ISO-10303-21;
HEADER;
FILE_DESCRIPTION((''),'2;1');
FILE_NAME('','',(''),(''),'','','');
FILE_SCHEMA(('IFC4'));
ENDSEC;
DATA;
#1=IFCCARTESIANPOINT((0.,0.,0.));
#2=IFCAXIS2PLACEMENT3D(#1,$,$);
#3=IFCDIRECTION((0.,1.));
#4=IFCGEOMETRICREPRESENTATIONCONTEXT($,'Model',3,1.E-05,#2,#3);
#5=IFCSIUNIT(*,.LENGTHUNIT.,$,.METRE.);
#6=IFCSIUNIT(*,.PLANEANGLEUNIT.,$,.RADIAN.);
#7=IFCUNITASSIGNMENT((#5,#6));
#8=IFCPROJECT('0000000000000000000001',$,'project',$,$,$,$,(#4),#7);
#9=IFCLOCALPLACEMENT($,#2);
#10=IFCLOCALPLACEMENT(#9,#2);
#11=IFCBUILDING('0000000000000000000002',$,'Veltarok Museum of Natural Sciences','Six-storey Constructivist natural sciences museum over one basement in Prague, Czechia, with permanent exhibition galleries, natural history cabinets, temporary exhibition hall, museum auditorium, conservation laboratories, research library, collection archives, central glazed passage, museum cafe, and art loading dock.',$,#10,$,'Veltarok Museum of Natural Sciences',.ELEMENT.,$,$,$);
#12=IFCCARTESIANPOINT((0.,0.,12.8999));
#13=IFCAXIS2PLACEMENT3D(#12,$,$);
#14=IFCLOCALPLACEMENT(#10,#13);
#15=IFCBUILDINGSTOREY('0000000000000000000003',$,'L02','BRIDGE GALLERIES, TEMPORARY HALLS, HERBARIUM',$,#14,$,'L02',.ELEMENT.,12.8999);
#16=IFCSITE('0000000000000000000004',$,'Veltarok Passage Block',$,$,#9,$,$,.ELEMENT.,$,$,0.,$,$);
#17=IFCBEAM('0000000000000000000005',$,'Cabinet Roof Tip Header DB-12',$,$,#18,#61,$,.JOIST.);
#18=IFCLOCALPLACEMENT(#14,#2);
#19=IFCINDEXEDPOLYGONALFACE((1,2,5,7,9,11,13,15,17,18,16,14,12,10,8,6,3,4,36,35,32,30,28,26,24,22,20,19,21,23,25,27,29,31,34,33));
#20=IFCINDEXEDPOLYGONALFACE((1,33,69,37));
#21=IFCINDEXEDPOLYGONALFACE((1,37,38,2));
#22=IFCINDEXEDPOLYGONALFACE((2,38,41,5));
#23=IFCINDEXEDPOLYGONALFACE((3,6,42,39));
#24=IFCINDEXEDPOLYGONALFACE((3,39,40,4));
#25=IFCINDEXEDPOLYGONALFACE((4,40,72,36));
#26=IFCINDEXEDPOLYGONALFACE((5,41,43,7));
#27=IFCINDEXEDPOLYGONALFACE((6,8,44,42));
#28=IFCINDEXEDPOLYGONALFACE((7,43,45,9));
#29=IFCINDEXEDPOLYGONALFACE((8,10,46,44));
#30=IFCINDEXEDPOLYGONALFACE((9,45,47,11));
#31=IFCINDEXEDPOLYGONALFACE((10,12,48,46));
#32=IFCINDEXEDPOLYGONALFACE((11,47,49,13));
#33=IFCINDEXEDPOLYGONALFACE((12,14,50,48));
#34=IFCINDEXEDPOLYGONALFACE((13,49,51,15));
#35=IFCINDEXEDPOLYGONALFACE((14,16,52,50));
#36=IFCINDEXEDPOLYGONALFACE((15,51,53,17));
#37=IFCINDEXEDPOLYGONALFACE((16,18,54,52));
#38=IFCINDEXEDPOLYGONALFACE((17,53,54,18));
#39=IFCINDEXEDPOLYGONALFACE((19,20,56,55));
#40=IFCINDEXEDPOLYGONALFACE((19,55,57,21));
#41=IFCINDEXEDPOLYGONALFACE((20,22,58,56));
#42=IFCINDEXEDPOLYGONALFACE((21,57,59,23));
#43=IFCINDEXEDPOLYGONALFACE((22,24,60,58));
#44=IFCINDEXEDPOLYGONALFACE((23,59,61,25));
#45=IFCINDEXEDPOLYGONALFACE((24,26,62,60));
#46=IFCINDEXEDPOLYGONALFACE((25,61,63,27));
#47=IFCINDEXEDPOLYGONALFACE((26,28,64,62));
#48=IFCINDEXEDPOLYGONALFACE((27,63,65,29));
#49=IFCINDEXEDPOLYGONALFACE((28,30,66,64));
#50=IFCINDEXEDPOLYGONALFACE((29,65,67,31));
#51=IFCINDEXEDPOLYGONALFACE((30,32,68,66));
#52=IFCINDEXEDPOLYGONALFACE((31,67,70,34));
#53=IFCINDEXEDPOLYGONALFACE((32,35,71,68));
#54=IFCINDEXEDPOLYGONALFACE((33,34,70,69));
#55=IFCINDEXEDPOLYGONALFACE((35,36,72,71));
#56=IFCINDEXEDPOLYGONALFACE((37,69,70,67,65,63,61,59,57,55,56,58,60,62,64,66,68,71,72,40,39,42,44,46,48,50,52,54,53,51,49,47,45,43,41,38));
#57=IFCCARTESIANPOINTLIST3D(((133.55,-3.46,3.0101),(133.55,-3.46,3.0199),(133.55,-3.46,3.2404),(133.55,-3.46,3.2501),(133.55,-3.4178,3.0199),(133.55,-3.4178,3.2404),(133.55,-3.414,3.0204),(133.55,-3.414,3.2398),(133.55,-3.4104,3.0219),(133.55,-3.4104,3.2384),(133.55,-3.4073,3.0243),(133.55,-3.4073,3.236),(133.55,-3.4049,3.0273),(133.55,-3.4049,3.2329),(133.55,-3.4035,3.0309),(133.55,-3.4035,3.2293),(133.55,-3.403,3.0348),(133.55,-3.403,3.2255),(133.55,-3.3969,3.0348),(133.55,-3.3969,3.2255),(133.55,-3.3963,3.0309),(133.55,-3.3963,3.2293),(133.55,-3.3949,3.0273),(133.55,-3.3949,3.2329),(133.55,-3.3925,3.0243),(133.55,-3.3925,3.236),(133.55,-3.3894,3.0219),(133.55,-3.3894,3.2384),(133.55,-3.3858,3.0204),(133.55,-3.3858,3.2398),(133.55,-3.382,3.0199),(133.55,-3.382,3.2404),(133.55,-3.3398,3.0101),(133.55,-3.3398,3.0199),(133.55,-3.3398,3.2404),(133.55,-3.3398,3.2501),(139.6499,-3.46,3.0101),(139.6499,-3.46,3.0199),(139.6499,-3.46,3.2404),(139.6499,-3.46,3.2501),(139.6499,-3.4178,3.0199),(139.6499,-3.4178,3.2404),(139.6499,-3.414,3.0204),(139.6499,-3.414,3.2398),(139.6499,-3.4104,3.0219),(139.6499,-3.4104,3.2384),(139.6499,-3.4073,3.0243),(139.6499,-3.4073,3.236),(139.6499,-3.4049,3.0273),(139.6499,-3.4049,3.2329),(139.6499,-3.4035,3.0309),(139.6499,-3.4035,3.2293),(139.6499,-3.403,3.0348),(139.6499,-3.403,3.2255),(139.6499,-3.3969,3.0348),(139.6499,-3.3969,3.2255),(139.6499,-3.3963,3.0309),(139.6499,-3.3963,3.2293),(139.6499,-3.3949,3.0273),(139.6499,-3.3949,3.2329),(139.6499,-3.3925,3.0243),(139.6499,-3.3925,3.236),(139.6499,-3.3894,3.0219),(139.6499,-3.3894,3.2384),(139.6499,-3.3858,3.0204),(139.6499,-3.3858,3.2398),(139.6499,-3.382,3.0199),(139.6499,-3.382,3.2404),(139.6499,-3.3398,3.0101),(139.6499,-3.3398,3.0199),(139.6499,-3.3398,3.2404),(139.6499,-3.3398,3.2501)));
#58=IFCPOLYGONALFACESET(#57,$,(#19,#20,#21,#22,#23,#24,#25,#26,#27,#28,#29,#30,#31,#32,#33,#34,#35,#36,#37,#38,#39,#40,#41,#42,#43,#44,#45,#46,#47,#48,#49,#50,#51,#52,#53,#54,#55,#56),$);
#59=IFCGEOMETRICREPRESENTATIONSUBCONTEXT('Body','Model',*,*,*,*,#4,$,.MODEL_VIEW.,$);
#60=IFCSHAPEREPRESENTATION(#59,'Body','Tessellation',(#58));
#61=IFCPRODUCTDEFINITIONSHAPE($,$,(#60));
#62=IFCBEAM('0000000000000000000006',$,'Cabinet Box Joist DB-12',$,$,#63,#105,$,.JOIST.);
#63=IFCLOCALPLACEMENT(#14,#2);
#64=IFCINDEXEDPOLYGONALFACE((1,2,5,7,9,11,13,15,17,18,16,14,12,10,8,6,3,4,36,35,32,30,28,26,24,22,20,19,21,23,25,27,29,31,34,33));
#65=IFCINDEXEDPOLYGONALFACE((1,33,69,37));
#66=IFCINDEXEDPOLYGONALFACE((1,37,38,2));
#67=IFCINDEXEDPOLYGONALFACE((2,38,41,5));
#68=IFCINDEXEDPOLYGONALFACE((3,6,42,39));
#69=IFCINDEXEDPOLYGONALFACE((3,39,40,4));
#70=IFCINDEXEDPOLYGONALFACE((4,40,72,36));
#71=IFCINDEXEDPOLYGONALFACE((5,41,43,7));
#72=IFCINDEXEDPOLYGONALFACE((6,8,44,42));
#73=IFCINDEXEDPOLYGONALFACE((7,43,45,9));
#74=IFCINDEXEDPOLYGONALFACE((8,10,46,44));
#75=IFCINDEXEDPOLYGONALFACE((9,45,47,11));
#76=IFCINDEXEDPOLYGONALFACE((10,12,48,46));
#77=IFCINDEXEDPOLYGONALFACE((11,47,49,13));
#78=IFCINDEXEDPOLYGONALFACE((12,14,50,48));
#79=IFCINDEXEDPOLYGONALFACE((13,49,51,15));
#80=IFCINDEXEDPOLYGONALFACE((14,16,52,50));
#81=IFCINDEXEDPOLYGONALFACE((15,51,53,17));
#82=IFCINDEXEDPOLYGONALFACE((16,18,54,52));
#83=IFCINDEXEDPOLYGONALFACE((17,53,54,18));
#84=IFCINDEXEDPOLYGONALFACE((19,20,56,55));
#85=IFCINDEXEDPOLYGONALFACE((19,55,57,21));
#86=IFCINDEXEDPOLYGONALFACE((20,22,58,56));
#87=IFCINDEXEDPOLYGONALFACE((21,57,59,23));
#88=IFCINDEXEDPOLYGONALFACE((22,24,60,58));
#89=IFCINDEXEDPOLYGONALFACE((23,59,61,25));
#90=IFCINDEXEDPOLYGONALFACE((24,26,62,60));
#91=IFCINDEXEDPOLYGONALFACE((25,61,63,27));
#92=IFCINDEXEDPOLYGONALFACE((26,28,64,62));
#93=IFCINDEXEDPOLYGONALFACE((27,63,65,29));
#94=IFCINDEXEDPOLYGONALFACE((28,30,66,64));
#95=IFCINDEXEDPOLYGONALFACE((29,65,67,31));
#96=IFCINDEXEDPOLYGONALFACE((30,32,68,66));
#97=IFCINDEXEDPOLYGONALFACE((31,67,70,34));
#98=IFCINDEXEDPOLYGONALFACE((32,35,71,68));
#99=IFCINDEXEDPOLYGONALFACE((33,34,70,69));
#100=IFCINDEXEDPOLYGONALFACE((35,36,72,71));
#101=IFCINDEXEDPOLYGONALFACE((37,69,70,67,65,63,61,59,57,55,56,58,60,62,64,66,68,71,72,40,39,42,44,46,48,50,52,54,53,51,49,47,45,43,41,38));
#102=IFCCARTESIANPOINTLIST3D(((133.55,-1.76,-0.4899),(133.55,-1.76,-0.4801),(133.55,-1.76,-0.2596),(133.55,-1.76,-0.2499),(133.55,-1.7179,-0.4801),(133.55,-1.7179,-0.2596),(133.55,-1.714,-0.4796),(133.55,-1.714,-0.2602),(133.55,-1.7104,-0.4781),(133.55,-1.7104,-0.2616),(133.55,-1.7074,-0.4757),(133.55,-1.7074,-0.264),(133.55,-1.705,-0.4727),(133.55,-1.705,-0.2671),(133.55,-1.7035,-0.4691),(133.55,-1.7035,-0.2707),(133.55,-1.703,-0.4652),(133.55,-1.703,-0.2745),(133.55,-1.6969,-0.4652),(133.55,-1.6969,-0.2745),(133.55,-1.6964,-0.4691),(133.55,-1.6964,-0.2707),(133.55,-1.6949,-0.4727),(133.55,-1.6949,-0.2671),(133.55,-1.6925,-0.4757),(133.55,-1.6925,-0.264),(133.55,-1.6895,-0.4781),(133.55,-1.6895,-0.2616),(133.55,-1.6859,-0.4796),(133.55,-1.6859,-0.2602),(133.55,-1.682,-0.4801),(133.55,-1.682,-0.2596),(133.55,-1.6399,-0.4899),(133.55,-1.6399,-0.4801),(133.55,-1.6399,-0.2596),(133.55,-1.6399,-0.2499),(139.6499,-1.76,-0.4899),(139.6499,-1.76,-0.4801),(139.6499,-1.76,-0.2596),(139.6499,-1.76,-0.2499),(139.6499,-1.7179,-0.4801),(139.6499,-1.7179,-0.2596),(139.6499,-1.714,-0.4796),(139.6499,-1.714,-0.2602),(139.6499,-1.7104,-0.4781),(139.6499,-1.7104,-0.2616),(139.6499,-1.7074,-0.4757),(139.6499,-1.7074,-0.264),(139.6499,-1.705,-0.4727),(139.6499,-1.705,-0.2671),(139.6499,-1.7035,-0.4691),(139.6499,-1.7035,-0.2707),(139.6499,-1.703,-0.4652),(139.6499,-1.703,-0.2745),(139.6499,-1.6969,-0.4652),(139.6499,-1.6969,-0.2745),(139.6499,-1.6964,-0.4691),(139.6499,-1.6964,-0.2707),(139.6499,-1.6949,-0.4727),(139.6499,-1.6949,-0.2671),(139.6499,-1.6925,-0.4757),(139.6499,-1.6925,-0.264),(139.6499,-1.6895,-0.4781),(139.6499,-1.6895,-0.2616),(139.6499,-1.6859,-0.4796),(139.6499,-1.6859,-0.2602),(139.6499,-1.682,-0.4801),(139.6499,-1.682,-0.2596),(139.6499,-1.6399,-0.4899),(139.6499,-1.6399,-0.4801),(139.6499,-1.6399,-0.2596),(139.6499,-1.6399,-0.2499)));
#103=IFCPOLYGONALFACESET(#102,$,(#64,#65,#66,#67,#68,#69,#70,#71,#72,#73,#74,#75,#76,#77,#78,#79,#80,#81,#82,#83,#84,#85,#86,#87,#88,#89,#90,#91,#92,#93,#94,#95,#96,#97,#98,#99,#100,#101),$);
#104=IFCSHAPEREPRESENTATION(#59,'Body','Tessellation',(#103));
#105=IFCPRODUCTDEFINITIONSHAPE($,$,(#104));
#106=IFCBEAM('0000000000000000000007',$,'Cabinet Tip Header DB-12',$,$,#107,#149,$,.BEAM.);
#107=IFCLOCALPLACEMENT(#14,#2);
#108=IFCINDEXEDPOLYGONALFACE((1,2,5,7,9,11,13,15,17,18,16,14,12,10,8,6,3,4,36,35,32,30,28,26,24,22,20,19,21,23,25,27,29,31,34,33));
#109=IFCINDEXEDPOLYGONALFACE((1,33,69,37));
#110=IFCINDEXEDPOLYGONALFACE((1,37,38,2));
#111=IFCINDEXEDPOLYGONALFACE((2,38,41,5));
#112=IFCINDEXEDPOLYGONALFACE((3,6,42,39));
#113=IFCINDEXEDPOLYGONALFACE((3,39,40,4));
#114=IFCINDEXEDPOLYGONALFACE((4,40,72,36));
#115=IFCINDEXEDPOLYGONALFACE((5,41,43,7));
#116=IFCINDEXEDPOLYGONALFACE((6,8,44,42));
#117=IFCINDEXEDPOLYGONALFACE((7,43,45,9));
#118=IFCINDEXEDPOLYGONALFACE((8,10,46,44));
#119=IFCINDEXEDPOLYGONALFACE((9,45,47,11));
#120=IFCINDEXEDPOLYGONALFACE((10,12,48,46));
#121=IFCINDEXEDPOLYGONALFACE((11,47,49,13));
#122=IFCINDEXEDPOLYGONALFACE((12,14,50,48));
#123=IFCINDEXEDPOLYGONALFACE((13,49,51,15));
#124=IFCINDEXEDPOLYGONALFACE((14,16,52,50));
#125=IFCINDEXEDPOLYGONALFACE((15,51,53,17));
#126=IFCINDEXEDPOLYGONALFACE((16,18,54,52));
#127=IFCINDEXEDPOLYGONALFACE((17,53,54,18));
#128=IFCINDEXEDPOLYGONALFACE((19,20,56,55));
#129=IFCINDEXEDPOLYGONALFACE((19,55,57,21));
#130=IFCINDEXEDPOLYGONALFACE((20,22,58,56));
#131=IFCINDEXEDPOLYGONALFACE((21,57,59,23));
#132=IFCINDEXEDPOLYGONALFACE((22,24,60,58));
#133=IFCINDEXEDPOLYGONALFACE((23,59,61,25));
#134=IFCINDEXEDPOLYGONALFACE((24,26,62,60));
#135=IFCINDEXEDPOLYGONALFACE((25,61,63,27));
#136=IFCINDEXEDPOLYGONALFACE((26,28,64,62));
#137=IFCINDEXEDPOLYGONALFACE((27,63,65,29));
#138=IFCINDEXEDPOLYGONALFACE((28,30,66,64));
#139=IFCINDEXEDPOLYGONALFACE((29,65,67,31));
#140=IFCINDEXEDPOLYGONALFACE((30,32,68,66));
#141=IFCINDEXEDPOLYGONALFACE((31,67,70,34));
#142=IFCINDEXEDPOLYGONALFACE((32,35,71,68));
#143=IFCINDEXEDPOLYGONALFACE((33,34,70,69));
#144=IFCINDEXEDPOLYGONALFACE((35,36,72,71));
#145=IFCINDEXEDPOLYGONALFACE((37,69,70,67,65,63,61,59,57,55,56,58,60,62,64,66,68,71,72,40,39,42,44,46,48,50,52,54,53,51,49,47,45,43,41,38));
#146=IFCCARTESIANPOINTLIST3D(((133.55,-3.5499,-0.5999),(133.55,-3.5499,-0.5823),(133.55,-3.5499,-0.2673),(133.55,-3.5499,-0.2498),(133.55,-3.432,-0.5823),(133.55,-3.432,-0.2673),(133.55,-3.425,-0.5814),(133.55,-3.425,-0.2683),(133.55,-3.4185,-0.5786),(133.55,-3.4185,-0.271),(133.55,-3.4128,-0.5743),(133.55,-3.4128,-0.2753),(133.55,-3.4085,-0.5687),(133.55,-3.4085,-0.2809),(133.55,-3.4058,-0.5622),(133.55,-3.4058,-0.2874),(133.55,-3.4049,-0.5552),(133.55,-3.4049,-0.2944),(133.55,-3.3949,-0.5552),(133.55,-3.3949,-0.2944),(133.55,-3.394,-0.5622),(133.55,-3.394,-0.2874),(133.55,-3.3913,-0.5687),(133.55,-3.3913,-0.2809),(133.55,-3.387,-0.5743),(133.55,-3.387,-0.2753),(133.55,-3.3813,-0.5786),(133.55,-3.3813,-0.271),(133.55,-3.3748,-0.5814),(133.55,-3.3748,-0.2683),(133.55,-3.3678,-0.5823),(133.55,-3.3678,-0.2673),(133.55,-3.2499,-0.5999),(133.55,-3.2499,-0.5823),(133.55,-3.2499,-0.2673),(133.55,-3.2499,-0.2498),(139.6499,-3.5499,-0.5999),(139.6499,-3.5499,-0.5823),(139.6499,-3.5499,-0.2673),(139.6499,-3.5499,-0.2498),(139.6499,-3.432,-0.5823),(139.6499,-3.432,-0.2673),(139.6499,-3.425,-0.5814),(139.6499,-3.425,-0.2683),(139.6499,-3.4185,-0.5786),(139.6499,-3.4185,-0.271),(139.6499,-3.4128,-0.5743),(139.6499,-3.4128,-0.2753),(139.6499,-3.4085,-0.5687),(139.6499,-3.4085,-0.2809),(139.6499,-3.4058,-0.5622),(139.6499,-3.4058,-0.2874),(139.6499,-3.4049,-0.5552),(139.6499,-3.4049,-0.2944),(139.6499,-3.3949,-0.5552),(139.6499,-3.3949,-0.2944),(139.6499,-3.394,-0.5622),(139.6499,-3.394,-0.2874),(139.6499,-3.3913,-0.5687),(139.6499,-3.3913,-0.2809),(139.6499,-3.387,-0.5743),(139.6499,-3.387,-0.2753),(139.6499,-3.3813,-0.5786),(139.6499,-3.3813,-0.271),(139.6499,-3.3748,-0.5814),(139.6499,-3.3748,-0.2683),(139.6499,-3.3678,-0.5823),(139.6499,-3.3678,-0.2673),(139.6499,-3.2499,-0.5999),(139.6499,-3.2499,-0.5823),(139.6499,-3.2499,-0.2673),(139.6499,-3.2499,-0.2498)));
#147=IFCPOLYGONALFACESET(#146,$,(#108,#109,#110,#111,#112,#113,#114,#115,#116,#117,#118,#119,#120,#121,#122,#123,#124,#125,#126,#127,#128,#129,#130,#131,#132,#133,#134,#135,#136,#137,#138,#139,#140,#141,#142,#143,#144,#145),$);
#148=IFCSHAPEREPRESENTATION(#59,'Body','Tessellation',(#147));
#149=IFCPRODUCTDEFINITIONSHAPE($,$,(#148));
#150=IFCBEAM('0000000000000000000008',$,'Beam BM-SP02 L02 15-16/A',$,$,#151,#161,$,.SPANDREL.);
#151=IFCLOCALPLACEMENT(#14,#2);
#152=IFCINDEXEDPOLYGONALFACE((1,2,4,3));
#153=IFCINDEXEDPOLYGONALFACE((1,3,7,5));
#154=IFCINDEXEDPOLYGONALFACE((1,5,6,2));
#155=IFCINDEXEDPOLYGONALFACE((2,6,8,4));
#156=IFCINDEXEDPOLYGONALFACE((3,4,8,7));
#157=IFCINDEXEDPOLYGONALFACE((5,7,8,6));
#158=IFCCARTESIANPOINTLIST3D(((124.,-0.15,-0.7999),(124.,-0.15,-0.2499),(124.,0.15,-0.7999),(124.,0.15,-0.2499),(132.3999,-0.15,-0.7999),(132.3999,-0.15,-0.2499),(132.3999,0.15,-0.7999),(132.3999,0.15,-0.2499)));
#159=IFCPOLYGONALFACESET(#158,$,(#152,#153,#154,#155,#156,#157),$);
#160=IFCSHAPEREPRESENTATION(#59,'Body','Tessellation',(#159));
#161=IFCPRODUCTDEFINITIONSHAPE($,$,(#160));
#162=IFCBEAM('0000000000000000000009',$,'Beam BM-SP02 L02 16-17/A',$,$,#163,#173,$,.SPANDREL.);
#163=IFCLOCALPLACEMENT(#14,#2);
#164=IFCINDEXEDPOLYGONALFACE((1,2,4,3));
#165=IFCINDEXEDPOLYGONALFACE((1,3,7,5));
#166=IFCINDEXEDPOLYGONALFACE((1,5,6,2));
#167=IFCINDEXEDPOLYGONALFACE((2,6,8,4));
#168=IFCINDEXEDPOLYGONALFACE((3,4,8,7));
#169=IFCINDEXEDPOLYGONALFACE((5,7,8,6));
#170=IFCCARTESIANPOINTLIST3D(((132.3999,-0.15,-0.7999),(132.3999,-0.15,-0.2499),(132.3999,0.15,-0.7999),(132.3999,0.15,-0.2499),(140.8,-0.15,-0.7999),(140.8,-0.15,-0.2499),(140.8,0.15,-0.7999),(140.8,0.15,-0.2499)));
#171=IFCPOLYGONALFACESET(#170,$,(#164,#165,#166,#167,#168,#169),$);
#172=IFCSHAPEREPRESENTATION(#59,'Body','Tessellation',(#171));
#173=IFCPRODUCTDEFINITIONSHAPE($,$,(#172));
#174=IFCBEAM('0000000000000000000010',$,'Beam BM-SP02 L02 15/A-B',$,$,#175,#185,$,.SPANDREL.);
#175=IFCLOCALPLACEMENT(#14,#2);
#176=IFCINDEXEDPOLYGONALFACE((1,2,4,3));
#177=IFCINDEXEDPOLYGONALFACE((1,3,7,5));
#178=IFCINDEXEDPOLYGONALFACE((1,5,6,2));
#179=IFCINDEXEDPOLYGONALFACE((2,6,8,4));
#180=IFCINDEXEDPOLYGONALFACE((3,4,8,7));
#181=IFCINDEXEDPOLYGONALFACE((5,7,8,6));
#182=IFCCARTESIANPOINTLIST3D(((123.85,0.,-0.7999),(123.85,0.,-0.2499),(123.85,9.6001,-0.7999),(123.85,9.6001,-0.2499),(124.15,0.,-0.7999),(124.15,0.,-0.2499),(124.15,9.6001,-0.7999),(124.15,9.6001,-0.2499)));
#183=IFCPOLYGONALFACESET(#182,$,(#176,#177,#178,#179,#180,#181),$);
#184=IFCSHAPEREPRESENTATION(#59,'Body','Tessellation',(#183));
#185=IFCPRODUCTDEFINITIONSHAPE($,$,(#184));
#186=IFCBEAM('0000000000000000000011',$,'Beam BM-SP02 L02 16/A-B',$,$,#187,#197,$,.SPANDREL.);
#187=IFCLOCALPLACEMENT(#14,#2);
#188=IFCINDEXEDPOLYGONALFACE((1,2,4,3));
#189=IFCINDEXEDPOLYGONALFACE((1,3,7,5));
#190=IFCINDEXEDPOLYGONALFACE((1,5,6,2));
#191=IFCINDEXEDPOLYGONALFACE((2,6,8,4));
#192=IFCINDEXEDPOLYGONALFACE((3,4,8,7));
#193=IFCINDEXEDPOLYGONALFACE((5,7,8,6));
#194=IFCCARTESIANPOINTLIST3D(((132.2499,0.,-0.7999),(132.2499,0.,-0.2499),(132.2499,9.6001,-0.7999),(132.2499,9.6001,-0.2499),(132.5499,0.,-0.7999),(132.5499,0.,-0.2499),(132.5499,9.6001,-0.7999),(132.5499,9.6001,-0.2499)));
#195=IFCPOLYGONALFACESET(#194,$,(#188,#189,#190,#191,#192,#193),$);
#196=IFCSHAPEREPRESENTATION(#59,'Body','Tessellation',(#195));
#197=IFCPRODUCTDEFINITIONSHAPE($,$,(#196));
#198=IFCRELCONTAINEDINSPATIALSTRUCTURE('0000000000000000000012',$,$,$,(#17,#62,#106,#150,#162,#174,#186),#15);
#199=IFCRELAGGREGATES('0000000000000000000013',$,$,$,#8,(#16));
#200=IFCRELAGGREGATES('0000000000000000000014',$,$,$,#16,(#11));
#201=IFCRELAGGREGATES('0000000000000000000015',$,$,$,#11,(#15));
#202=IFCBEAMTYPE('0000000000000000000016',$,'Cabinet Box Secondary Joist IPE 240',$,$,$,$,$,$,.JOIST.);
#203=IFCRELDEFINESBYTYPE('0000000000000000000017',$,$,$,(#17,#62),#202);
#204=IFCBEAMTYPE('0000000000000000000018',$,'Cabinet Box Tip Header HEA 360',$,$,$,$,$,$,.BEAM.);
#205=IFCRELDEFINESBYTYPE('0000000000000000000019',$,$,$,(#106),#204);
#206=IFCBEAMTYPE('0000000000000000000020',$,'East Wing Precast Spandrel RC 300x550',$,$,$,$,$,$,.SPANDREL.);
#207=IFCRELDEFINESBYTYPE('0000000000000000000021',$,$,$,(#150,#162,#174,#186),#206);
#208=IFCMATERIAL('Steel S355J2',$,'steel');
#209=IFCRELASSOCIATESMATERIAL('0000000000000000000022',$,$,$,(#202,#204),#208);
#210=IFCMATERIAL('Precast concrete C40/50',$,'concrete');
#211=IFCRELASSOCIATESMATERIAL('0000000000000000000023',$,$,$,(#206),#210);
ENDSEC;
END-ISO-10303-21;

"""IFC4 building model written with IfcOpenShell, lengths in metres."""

from ifc_helpers import new_model, si_unit, direction, frame, origin, origin_2d, place, context, subcontext, project, spatial, rectangle, i_section, extrude, material, material_profile, profile_set, type_object, element, save


model = new_model("IFC4")

# Units and contexts
model_context = context("Model", 3, precision=1e-05, world=origin(), true_north=direction((0.0, 1.0)))
body_context = subcontext(model_context, "Body", "Model", "MODEL_VIEW")
ifc_project = project(units=[si_unit("LENGTHUNIT", "METRE"), si_unit("PLANEANGLEUNIT", "RADIAN")], contexts=[model_context])

# Site, building, storey
site_placement = place(None, origin())
site = spatial("IfcSite", under=ifc_project, at=site_placement, Name="Veltarok Passage Block", CompositionType="ELEMENT", RefElevation=0.0)
building_placement = place(site_placement, origin())
building = spatial("IfcBuilding", under=site, at=building_placement, Name="Veltarok Museum of Natural Sciences", Description="Six-storey Constructivist natural sciences museum over one basement in Prague, Czechia, with permanent exhibition galleries, natural history cabinets, temporary exhibition hall, museum auditorium, conservation laboratories, research library, collection archives, central glazed passage, museum cafe, and art loading dock.", LongName="Veltarok Museum of Natural Sciences", CompositionType="ELEMENT")
storey_placement = place(building_placement, frame((0.0, 0.0, 12.8999)))
storey = spatial("IfcBuildingStorey", under=building, at=storey_placement, Name="L02", Description="BRIDGE GALLERIES, TEMPORARY HALLS, HERBARIUM", LongName="L02", CompositionType="ELEMENT", Elevation=12.8999)

# Shared definitions
ifc_material_1 = material(Name="Steel S355J2", Category="steel")

# Beams
ifc_material_profile_1 = material_profile(ifc_material_1, i_section(OverallWidth=0.1201, OverallDepth=0.24, WebThickness=0.0061, FlangeThickness=0.0098, FilletRadius=0.0149, at=origin_2d()), Name="IPE 240")
ifc_profile_set_1 = profile_set([ifc_material_profile_1], Name="Steel S355J2")
beam_type_1 = type_object("IfcBeamType", Name="Cabinet Box Secondary Joist IPE 240", PredefinedType="JOIST", material=ifc_profile_set_1)
for number, where, z_axis, x_axis, name in (
    (1, (133.55, -3.3999, 3.1301), (1.0, 0.0, 0.0), (0.0, 1.0, 0.0), "Cabinet Roof Tip Header DB-12"),
    (2, (133.55, -1.7, -0.3699), (1.0, 0.0, 0.0), (0.0, 1.0, 0.0), "Cabinet Box Joist DB-12"),
):
    element("IfcBeam", number, at=place(storey_placement, frame(where, z_axis=z_axis, x_axis=x_axis)), inside=storey, type_object=beam_type_1, Name=name, PredefinedType="JOIST", context=body_context, shape_type="SweptSolid", body=[
        extrude(i_section(OverallWidth=0.1201, OverallDepth=0.24, WebThickness=0.0061, FlangeThickness=0.0098, FilletRadius=0.0149, at=origin_2d()), origin(), (0.0, 0.0, 1.0), 6.0999),
    ])
ifc_material_profile_2 = material_profile(ifc_material_1, i_section(OverallWidth=0.3, OverallDepth=0.3501, WebThickness=0.01, FlangeThickness=0.0176, FilletRadius=0.0271, at=origin_2d()), Name="HEA 360")
ifc_profile_set_2 = profile_set([ifc_material_profile_2], Name="Steel S355J2")
beam_type_2 = type_object("IfcBeamType", Name="Cabinet Box Tip Header HEA 360", PredefinedType="BEAM", material=ifc_profile_set_2)
beam_1_placement = place(storey_placement, frame((133.55, -3.3999, -0.4248), z_axis=(1.0, 0.0, 0.0), x_axis=(0.0, 1.0, 0.0)))
element("IfcBeam", 3, at=beam_1_placement, inside=storey, type_object=beam_type_2, Name="Cabinet Tip Header DB-12", PredefinedType="BEAM", context=body_context, shape_type="SweptSolid", body=[
    extrude(i_section(OverallWidth=0.3, OverallDepth=0.3501, WebThickness=0.01, FlangeThickness=0.0176, FilletRadius=0.0271, at=origin_2d()), origin(), (0.0, 0.0, 1.0), 6.0999),
])
ifc_material_2 = material(Name="Precast concrete C40/50", Category="concrete")
ifc_material_profile_3 = material_profile(ifc_material_2, rectangle(XDim=0.3, YDim=0.55, at=origin_2d()), Name="RC 300x550")
ifc_profile_set_3 = profile_set([ifc_material_profile_3], Name="Precast concrete C40/50")
beam_type_3 = type_object("IfcBeamType", Name="East Wing Precast Spandrel RC 300x550", PredefinedType="SPANDREL", material=ifc_profile_set_3)
beam_2_placement = place(storey_placement, frame((124.0, 0.0, -0.5249), z_axis=(1.0, 0.0, 0.0), x_axis=(0.0, 1.0, 0.0)))
element("IfcBeam", 4, at=beam_2_placement, inside=storey, type_object=beam_type_3, Name="Beam BM-SP02 L02 15-16/A", PredefinedType="SPANDREL", context=body_context, shape_type="SweptSolid", body=[
    extrude(rectangle(XDim=0.3, YDim=0.55, at=origin_2d()), origin(), (0.0, 0.0, 1.0), 8.3999),
])
beam_3_placement = place(storey_placement, frame((132.3999, 0.0, -0.5249), z_axis=(1.0, 0.0, 0.0), x_axis=(0.0, 1.0, 0.0)))
element("IfcBeam", 5, at=beam_3_placement, inside=storey, type_object=beam_type_3, Name="Beam BM-SP02 L02 16-17/A", PredefinedType="SPANDREL", context=body_context, shape_type="SweptSolid", body=[
    extrude(rectangle(XDim=0.3, YDim=0.55, at=origin_2d()), origin(), (0.0, 0.0, 1.0), 8.4001),
])
for number, where, z_axis, x_axis, name in (
    (6, (124.0, 0.0, -0.5249), (0.0, 1.0, 0.0), (-1.0, 0.0, 0.0), "Beam BM-SP02 L02 15/A-B"),
    (7, (132.3999, 0.0, -0.5249), (0.0, 1.0, 0.0), (-1.0, 0.0, 0.0), "Beam BM-SP02 L02 16/A-B"),
):
    element("IfcBeam", number, at=place(storey_placement, frame(where, z_axis=z_axis, x_axis=x_axis)), inside=storey, type_object=beam_type_3, Name=name, PredefinedType="SPANDREL", context=body_context, shape_type="SweptSolid", body=[
        extrude(rectangle(XDim=0.3, YDim=0.55, at=origin_2d()), origin(), (0.0, 0.0, 1.0), 9.6001),
    ])

save(model, "model.ifc")
